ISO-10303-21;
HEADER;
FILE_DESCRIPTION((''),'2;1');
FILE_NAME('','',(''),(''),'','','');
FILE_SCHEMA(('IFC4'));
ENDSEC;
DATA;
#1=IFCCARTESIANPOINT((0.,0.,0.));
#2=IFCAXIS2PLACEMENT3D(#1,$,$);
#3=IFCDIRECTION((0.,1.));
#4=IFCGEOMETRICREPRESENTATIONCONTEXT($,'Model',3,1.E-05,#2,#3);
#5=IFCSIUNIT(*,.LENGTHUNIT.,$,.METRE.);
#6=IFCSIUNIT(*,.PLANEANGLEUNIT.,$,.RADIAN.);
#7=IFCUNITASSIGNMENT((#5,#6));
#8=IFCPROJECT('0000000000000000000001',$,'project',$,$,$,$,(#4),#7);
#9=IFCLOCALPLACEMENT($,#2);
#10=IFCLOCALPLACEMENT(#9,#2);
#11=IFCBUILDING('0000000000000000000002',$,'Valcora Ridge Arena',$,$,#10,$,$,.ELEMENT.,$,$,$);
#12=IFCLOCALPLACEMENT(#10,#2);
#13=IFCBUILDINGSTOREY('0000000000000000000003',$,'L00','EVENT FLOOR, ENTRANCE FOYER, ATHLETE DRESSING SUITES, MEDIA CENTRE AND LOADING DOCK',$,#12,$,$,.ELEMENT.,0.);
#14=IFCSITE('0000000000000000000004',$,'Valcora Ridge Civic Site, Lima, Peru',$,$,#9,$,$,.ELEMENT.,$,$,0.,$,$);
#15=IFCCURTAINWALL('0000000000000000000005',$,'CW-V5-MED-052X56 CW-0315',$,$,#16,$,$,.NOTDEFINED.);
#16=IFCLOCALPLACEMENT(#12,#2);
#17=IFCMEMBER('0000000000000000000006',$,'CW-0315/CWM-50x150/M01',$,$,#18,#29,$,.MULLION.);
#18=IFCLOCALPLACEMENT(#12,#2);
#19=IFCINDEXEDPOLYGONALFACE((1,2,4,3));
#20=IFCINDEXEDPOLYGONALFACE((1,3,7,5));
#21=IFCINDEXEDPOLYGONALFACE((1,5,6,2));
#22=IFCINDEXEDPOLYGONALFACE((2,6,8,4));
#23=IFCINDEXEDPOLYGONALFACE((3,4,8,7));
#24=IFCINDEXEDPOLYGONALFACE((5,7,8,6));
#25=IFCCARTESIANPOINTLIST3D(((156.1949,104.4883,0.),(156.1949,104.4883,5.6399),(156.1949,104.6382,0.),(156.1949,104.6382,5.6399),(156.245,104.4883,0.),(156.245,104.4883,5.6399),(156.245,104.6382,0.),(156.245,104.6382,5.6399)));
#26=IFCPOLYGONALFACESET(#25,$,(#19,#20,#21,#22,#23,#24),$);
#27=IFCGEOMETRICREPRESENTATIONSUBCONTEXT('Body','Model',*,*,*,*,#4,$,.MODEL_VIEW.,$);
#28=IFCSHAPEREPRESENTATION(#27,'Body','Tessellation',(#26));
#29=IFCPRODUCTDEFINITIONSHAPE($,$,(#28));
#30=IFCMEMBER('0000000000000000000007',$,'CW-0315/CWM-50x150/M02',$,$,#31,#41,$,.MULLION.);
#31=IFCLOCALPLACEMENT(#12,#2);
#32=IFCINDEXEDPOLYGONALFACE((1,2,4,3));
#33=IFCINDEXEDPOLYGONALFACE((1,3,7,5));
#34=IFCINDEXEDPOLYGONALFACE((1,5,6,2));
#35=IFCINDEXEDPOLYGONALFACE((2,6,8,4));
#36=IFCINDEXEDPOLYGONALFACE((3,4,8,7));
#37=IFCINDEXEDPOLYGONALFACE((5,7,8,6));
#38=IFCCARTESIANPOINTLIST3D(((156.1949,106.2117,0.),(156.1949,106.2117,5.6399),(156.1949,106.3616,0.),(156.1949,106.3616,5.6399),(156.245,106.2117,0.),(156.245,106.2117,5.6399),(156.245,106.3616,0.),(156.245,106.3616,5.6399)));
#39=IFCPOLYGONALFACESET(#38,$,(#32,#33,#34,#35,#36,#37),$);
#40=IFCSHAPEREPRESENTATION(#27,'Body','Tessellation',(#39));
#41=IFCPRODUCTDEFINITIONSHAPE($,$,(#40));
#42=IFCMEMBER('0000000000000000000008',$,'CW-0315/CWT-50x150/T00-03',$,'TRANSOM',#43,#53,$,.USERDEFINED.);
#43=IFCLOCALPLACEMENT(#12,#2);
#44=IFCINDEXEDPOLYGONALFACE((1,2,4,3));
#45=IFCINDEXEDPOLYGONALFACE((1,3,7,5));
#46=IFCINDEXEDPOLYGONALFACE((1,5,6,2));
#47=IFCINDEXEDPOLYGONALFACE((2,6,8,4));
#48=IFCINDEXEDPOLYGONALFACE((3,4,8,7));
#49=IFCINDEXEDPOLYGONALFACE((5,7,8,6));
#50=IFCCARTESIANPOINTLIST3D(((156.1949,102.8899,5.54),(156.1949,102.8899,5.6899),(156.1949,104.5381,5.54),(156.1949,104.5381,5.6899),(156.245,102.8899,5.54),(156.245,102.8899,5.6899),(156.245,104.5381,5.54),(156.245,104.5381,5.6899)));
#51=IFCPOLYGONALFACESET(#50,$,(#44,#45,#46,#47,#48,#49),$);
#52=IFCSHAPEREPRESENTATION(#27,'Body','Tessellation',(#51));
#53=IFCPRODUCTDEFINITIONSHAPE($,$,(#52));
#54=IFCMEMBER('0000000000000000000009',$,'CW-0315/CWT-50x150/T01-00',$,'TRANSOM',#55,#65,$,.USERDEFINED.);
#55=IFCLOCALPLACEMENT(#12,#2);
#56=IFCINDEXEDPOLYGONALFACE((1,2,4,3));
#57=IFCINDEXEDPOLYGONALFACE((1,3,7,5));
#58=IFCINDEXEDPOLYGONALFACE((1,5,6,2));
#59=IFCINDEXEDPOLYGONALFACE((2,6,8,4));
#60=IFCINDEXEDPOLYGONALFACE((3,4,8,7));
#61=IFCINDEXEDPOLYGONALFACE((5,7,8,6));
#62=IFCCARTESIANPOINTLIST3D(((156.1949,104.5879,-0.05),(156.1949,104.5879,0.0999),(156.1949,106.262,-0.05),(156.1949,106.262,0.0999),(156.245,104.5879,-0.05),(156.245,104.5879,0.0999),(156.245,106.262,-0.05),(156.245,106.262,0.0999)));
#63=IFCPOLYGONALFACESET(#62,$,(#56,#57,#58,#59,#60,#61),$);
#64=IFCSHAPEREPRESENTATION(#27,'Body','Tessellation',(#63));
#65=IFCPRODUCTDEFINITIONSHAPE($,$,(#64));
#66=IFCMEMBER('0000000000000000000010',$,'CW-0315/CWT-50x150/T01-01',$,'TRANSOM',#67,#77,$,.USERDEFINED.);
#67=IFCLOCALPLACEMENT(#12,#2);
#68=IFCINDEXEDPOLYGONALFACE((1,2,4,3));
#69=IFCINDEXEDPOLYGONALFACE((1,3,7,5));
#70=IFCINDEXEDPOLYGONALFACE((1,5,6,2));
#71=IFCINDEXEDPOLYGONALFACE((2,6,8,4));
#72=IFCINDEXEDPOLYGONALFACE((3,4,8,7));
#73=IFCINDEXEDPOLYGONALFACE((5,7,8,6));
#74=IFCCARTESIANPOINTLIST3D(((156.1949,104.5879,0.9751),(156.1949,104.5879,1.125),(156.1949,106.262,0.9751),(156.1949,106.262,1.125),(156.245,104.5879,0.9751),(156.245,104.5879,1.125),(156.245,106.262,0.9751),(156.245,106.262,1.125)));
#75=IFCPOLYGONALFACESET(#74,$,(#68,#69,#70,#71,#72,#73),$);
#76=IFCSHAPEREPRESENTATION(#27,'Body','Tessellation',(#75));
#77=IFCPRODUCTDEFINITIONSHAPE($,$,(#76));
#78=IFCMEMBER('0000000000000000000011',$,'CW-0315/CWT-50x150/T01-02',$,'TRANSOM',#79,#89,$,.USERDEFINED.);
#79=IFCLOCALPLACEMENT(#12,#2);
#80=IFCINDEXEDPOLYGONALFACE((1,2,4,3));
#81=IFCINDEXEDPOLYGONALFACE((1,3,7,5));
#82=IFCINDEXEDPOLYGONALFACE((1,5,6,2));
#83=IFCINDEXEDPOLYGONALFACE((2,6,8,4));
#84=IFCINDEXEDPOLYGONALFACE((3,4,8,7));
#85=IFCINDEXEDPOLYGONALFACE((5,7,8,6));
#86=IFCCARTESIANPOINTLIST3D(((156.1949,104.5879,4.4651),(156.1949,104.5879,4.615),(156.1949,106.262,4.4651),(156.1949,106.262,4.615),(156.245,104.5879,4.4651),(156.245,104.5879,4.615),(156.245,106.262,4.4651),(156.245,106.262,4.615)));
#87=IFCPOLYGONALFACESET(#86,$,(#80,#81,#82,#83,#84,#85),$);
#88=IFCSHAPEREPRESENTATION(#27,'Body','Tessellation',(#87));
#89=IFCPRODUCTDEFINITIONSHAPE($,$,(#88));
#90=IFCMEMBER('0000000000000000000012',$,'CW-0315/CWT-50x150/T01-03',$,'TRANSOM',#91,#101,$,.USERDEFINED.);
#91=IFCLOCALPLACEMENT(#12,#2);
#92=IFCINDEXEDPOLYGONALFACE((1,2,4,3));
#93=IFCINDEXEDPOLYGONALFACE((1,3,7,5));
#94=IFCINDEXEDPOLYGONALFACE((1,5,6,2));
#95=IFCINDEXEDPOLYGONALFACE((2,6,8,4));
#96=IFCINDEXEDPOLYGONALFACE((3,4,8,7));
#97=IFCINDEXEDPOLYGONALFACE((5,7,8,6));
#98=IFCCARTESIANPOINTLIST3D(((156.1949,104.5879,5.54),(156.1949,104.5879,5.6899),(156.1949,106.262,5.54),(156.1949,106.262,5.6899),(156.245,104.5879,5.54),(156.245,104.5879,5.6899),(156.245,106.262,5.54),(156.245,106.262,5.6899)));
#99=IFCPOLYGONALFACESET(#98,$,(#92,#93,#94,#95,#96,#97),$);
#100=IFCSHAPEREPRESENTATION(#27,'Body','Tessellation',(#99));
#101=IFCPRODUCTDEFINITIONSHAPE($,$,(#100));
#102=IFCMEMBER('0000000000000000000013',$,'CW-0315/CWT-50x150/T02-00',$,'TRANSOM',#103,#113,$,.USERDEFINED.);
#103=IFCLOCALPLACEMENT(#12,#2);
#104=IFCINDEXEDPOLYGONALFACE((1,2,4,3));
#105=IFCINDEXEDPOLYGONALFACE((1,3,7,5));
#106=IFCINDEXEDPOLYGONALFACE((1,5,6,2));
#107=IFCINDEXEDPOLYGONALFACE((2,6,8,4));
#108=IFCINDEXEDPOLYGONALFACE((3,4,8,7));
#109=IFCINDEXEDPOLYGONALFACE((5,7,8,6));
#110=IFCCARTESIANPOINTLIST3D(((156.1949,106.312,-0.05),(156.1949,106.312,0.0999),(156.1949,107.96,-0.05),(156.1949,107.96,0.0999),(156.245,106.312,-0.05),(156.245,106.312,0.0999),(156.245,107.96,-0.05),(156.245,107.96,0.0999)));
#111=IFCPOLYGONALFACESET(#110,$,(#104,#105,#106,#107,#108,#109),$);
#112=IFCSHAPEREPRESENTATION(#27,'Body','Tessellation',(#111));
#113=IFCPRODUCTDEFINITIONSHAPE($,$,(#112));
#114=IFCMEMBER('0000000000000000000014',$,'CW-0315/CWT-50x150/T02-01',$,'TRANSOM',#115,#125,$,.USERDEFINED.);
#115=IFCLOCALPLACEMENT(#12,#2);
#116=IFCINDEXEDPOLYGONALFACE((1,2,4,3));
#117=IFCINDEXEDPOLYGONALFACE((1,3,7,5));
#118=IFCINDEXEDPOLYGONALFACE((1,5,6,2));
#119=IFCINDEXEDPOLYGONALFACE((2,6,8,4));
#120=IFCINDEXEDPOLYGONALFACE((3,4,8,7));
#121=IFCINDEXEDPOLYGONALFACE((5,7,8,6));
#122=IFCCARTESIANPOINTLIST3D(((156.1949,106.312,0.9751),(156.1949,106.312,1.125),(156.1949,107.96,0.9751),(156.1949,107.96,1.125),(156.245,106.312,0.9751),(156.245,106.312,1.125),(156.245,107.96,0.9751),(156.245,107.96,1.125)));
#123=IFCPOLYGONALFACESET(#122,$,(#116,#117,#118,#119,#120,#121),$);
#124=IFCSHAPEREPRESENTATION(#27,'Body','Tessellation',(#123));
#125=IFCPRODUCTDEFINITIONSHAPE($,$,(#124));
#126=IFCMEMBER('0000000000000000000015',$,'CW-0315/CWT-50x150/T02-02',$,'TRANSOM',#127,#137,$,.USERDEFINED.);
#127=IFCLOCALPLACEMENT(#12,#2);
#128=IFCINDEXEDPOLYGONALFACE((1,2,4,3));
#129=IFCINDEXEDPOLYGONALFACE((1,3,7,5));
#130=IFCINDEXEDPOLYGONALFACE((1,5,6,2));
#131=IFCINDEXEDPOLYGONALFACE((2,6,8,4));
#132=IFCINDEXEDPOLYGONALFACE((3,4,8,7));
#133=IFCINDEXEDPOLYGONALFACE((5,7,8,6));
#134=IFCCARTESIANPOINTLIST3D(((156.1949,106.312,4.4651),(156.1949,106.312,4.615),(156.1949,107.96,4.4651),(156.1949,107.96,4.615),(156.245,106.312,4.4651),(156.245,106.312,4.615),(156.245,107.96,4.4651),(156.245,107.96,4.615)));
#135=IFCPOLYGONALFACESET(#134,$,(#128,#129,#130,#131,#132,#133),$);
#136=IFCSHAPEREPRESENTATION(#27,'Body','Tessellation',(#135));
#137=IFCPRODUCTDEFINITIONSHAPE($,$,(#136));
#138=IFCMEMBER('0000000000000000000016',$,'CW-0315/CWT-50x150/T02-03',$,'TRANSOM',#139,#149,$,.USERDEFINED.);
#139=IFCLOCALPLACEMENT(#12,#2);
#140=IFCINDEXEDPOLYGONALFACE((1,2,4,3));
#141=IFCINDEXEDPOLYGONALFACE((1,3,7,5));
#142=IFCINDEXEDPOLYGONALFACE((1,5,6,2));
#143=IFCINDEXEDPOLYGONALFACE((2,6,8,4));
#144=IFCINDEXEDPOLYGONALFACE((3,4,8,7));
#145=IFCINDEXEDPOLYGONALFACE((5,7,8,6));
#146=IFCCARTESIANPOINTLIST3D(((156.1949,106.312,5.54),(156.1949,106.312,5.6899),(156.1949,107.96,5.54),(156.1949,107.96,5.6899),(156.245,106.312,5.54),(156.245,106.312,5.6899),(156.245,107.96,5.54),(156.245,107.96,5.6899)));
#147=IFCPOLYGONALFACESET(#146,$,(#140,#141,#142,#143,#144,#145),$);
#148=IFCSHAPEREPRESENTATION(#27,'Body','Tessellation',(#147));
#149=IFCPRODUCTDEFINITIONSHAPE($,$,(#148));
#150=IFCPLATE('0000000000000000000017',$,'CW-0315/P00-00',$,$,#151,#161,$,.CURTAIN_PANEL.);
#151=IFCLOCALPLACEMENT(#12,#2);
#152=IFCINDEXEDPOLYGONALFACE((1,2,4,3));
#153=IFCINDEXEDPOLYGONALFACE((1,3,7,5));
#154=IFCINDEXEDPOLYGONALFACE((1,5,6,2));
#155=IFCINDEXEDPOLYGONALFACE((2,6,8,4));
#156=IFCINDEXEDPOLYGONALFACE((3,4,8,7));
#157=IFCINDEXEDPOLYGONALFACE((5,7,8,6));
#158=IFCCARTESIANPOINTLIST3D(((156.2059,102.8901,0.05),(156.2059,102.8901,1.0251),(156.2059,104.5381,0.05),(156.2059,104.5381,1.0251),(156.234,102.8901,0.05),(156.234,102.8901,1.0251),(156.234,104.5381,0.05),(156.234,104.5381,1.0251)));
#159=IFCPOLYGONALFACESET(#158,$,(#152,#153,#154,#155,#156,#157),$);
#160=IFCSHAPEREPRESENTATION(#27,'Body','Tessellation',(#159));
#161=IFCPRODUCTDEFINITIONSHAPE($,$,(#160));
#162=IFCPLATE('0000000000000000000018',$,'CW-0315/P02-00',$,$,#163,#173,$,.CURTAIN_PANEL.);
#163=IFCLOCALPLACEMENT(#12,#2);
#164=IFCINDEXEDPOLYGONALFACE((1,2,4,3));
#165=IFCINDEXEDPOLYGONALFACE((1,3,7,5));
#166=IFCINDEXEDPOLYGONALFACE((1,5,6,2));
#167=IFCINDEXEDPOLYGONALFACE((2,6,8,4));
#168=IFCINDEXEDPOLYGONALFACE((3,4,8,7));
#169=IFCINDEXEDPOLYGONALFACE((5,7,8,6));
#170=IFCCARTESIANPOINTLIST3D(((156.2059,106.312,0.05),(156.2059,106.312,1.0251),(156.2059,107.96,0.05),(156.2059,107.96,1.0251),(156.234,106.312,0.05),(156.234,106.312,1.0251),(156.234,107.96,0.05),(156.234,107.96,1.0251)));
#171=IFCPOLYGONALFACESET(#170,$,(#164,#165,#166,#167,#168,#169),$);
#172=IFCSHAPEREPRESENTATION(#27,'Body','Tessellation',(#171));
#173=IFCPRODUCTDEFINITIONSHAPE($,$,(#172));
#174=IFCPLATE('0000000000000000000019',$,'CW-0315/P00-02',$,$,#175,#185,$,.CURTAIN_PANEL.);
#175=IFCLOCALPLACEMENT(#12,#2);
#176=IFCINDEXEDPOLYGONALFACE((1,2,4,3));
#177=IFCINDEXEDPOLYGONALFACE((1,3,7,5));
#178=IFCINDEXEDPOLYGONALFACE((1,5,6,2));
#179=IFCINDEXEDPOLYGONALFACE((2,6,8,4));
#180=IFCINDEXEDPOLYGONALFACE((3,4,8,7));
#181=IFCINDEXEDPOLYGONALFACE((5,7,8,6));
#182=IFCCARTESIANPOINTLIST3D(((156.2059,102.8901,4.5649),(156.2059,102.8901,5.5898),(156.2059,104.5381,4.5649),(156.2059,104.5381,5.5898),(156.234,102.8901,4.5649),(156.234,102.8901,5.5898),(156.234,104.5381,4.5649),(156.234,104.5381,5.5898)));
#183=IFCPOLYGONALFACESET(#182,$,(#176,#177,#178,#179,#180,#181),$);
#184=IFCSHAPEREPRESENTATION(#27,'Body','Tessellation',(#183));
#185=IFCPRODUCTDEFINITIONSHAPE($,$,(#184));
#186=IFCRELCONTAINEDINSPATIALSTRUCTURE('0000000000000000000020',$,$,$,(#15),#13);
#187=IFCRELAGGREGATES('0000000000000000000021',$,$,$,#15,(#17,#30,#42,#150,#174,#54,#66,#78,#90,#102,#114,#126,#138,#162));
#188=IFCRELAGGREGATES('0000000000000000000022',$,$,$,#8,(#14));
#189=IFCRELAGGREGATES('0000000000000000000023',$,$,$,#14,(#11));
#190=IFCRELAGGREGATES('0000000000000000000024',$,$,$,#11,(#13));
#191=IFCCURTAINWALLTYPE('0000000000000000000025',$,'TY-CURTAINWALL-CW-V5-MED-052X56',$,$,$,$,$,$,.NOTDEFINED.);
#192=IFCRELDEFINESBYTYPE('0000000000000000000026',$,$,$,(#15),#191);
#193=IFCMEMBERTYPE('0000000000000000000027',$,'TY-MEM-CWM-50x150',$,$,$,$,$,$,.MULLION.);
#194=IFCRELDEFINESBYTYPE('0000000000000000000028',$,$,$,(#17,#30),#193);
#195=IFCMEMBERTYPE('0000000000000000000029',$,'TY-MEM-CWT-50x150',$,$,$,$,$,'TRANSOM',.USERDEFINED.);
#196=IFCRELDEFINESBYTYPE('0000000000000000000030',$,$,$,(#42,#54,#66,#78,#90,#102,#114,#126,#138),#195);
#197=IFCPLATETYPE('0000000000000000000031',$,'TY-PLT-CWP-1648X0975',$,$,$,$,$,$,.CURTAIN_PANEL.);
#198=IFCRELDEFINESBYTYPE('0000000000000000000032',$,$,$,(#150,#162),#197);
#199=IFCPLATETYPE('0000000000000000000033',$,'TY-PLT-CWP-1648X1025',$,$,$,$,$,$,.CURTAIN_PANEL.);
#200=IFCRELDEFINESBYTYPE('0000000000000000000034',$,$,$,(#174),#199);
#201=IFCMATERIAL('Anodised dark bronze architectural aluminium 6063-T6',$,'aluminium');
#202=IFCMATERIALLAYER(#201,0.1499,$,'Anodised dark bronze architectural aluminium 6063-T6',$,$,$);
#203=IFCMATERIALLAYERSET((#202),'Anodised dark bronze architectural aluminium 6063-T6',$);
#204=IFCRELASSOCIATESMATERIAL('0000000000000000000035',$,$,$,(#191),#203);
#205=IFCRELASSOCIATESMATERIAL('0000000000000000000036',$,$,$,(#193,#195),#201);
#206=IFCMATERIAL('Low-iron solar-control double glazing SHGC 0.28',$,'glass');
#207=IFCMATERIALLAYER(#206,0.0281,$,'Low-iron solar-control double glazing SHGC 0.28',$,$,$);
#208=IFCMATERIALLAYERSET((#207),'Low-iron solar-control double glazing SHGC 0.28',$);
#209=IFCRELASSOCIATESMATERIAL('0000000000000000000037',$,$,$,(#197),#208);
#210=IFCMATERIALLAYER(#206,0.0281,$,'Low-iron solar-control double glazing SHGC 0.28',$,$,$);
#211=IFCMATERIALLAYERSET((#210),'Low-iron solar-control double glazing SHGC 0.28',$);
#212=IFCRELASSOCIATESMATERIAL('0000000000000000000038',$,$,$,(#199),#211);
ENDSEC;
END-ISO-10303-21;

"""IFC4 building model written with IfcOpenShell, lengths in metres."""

from ifc_helpers import new_model, si_unit, direction, frame, origin, origin_2d, place, context, subcontext, project, spatial, rectangle, extrude, material, layer, layer_set, material_profile, profile_set, type_object, element, aggregate, save


model = new_model("IFC4")

# Units and contexts
model_context = context("Model", 3, precision=1e-05, world=origin(), true_north=direction((0.0, 1.0)))
body_context = subcontext(model_context, "Body", "Model", "MODEL_VIEW")
ifc_project = project(units=[si_unit("LENGTHUNIT", "METRE"), si_unit("PLANEANGLEUNIT", "RADIAN")], contexts=[model_context])

# Site, building, storey
site_placement = place(None, origin())
site = spatial("IfcSite", under=ifc_project, at=site_placement, Name="Valcora Ridge Civic Site, Lima, Peru", CompositionType="ELEMENT", RefElevation=0.0)
building_placement = place(site_placement, origin())
building = spatial("IfcBuilding", under=site, at=building_placement, Name="Valcora Ridge Arena", CompositionType="ELEMENT")
storey_placement = place(building_placement, origin())
storey = spatial("IfcBuildingStorey", under=building, at=storey_placement, Name="L00", Description="EVENT FLOOR, ENTRANCE FOYER, ATHLETE DRESSING SUITES, MEDIA CENTRE AND LOADING DOCK", CompositionType="ELEMENT", Elevation=0.0)

# Curtain wall, members, plates
ifc_material_1 = material(Name="Anodised dark bronze architectural aluminium 6063-T6", Category="aluminium")
ifc_layer_1 = layer(ifc_material_1, 0.1499, Name="Anodised dark bronze architectural aluminium 6063-T6")
ifc_layer_set_1 = layer_set([ifc_layer_1], Name="Anodised dark bronze architectural aluminium 6063-T6")
curtain_wall_type = type_object("IfcCurtainWallType", Name="TY-CURTAINWALL-CW-V5-MED-052X56", PredefinedType="NOTDEFINED", material=ifc_layer_set_1)
curtain_wall_placement = place(storey_placement, origin())
curtain_wall = element("IfcCurtainWall", 1, at=curtain_wall_placement, inside=storey, type_object=curtain_wall_type, Name="CW-V5-MED-052X56 CW-0315", PredefinedType="NOTDEFINED")
ifc_material_profile_1 = material_profile(ifc_material_1, rectangle(XDim=0.05, YDim=0.1499, at=origin_2d()), Name="ALU MULLION 50x150")
ifc_profile_set_1 = profile_set([ifc_material_profile_1], Name="Anodised dark bronze architectural aluminium 6063-T6")
member_type_1 = type_object("IfcMemberType", Name="TY-MEM-CWM-50x150", PredefinedType="MULLION", material=ifc_profile_set_1)
member_1_placement = place(storey_placement, frame((156.22, 104.5632, 0.0), z_axis=(0.0, 0.0, 1.0), x_axis=(-1.0, 0.0, 0.0)))
member_1 = element("IfcMember", 2, at=member_1_placement, type_object=member_type_1, Name="CW-0315/CWM-50x150/M01", PredefinedType="MULLION", context=body_context, shape_type="SweptSolid", body=[
    extrude(rectangle(XDim=0.05, YDim=0.1499, at=origin_2d()), origin(), (0.0, 0.0, 1.0), 5.6399),
])
member_2_placement = place(storey_placement, frame((156.22, 106.2866, 0.0), z_axis=(0.0, 0.0, 1.0), x_axis=(-1.0, 0.0, 0.0)))
member_2 = element("IfcMember", 3, at=member_2_placement, type_object=member_type_1, Name="CW-0315/CWM-50x150/M02", PredefinedType="MULLION", context=body_context, shape_type="SweptSolid", body=[
    extrude(rectangle(XDim=0.05, YDim=0.1499, at=origin_2d()), origin(), (0.0, 0.0, 1.0), 5.6399),
])
ifc_material_profile_2 = material_profile(ifc_material_1, rectangle(XDim=0.05, YDim=0.1499, at=origin_2d()), Name="ALU TRANSOM 50x150")
ifc_profile_set_2 = profile_set([ifc_material_profile_2], Name="Anodised dark bronze architectural aluminium 6063-T6")
member_type_2 = type_object("IfcMemberType", Name="TY-MEM-CWT-50x150", ElementType="TRANSOM", PredefinedType="USERDEFINED", material=ifc_profile_set_2)
member_3_placement = place(storey_placement, frame((156.22, 102.8899, 5.615), z_axis=(0.0, 1.0, 0.0), x_axis=(-1.0, 0.0, 0.0)))
member_3 = element("IfcMember", 4, at=member_3_placement, type_object=member_type_2, Name="CW-0315/CWT-50x150/T00-03", ObjectType="TRANSOM", PredefinedType="USERDEFINED", context=body_context, shape_type="SweptSolid", body=[
    extrude(rectangle(XDim=0.05, YDim=0.1499, at=origin_2d()), origin(), (0.0, 0.0, 1.0), 1.6482),
])
member_4_placement = place(storey_placement, frame((156.22, 104.5879, 0.0249), z_axis=(0.0, 1.0, 0.0), x_axis=(-1.0, 0.0, 0.0)))
member_4 = element("IfcMember", 5, at=member_4_placement, type_object=member_type_2, Name="CW-0315/CWT-50x150/T01-00", ObjectType="TRANSOM", PredefinedType="USERDEFINED", context=body_context, shape_type="SweptSolid", body=[
    extrude(rectangle(XDim=0.05, YDim=0.1499, at=origin_2d()), origin(), (0.0, 0.0, 1.0), 1.6741),
])
member_5_placement = place(storey_placement, frame((156.22, 104.5879, 1.05), z_axis=(0.0, 1.0, 0.0), x_axis=(-1.0, 0.0, 0.0)))
member_5 = element("IfcMember", 6, at=member_5_placement, type_object=member_type_2, Name="CW-0315/CWT-50x150/T01-01", ObjectType="TRANSOM", PredefinedType="USERDEFINED", context=body_context, shape_type="SweptSolid", body=[
    extrude(rectangle(XDim=0.05, YDim=0.1499, at=origin_2d()), origin(), (0.0, 0.0, 1.0), 1.6741),
])
member_6_placement = place(storey_placement, frame((156.22, 104.5879, 4.54), z_axis=(0.0, 1.0, 0.0), x_axis=(-1.0, 0.0, 0.0)))
member_6 = element("IfcMember", 7, at=member_6_placement, type_object=member_type_2, Name="CW-0315/CWT-50x150/T01-02", ObjectType="TRANSOM", PredefinedType="USERDEFINED", context=body_context, shape_type="SweptSolid", body=[
    extrude(rectangle(XDim=0.05, YDim=0.1499, at=origin_2d()), origin(), (0.0, 0.0, 1.0), 1.6741),
])
member_7_placement = place(storey_placement, frame((156.22, 104.5879, 5.615), z_axis=(0.0, 1.0, 0.0), x_axis=(-1.0, 0.0, 0.0)))
member_7 = element("IfcMember", 8, at=member_7_placement, type_object=member_type_2, Name="CW-0315/CWT-50x150/T01-03", ObjectType="TRANSOM", PredefinedType="USERDEFINED", context=body_context, shape_type="SweptSolid", body=[
    extrude(rectangle(XDim=0.05, YDim=0.1499, at=origin_2d()), origin(), (0.0, 0.0, 1.0), 1.6741),
])
member_8_placement = place(storey_placement, frame((156.22, 106.312, 0.0249), z_axis=(0.0, 1.0, 0.0), x_axis=(-1.0, 0.0, 0.0)))
member_8 = element("IfcMember", 9, at=member_8_placement, type_object=member_type_2, Name="CW-0315/CWT-50x150/T02-00", ObjectType="TRANSOM", PredefinedType="USERDEFINED", context=body_context, shape_type="SweptSolid", body=[
    extrude(rectangle(XDim=0.05, YDim=0.1499, at=origin_2d()), origin(), (0.0, 0.0, 1.0), 1.6479),
])
member_9_placement = place(storey_placement, frame((156.22, 106.312, 1.05), z_axis=(0.0, 1.0, 0.0), x_axis=(-1.0, 0.0, 0.0)))
member_9 = element("IfcMember", 10, at=member_9_placement, type_object=member_type_2, Name="CW-0315/CWT-50x150/T02-01", ObjectType="TRANSOM", PredefinedType="USERDEFINED", context=body_context, shape_type="SweptSolid", body=[
    extrude(rectangle(XDim=0.05, YDim=0.1499, at=origin_2d()), origin(), (0.0, 0.0, 1.0), 1.6479),
])
member_10_placement = place(storey_placement, frame((156.22, 106.312, 4.54), z_axis=(0.0, 1.0, 0.0), x_axis=(-1.0, 0.0, 0.0)))
member_10 = element("IfcMember", 11, at=member_10_placement, type_object=member_type_2, Name="CW-0315/CWT-50x150/T02-02", ObjectType="TRANSOM", PredefinedType="USERDEFINED", context=body_context, shape_type="SweptSolid", body=[
    extrude(rectangle(XDim=0.05, YDim=0.1499, at=origin_2d()), origin(), (0.0, 0.0, 1.0), 1.6479),
])
member_11_placement = place(storey_placement, frame((156.22, 106.312, 5.615), z_axis=(0.0, 1.0, 0.0), x_axis=(-1.0, 0.0, 0.0)))
member_11 = element("IfcMember", 12, at=member_11_placement, type_object=member_type_2, Name="CW-0315/CWT-50x150/T02-03", ObjectType="TRANSOM", PredefinedType="USERDEFINED", context=body_context, shape_type="SweptSolid", body=[
    extrude(rectangle(XDim=0.05, YDim=0.1499, at=origin_2d()), origin(), (0.0, 0.0, 1.0), 1.6479),
])
ifc_material_2 = material(Name="Low-iron solar-control double glazing SHGC 0.28", Category="glass")
ifc_layer_2 = layer(ifc_material_2, 0.0281, Name="Low-iron solar-control double glazing SHGC 0.28")
ifc_layer_set_2 = layer_set([ifc_layer_2], Name="Low-iron solar-control double glazing SHGC 0.28")
plate_type_1 = type_object("IfcPlateType", Name="TY-PLT-CWP-1648X0975", PredefinedType="CURTAIN_PANEL", material=ifc_layer_set_2)
plate_1_placement = place(storey_placement, frame((156.22, 103.7141, 0.05), z_axis=(0.0, 0.0, 1.0), x_axis=(0.0, 1.0, 0.0)))
plate_1 = element("IfcPlate", 13, at=plate_1_placement, type_object=plate_type_1, Name="CW-0315/P00-00", PredefinedType="CURTAIN_PANEL", context=body_context, shape_type="SweptSolid", body=[
    extrude(rectangle(XDim=1.6479, YDim=0.0281, at=origin_2d()), origin(), (0.0, 0.0, 1.0), 0.9751),
])
plate_2_placement = place(storey_placement, frame((156.22, 107.136, 0.05), z_axis=(0.0, 0.0, 1.0), x_axis=(0.0, 1.0, 0.0)))
plate_2 = element("IfcPlate", 14, at=plate_2_placement, type_object=plate_type_1, Name="CW-0315/P02-00", PredefinedType="CURTAIN_PANEL", context=body_context, shape_type="SweptSolid", body=[
    extrude(rectangle(XDim=1.6479, YDim=0.0281, at=origin_2d()), origin(), (0.0, 0.0, 1.0), 0.9751),
])
ifc_layer_3 = layer(ifc_material_2, 0.0281, Name="Low-iron solar-control double glazing SHGC 0.28")
ifc_layer_set_3 = layer_set([ifc_layer_3], Name="Low-iron solar-control double glazing SHGC 0.28")
plate_type_2 = type_object("IfcPlateType", Name="TY-PLT-CWP-1648X1025", PredefinedType="CURTAIN_PANEL", material=ifc_layer_set_3)
plate_3_placement = place(storey_placement, frame((156.22, 103.7141, 4.5649), z_axis=(0.0, 0.0, 1.0), x_axis=(0.0, 1.0, 0.0)))
plate_3 = element("IfcPlate", 15, at=plate_3_placement, type_object=plate_type_2, Name="CW-0315/P00-02", PredefinedType="CURTAIN_PANEL", context=body_context, shape_type="SweptSolid", body=[
    extrude(rectangle(XDim=1.6479, YDim=0.0281, at=origin_2d()), origin(), (0.0, 0.0, 1.0), 1.0249),
])
aggregate(curtain_wall, [member_1, member_2, member_3, plate_1, plate_3, member_4, member_5, member_6, member_7, member_8, member_9, member_10, member_11, plate_2])

save(model, "model.ifc")
